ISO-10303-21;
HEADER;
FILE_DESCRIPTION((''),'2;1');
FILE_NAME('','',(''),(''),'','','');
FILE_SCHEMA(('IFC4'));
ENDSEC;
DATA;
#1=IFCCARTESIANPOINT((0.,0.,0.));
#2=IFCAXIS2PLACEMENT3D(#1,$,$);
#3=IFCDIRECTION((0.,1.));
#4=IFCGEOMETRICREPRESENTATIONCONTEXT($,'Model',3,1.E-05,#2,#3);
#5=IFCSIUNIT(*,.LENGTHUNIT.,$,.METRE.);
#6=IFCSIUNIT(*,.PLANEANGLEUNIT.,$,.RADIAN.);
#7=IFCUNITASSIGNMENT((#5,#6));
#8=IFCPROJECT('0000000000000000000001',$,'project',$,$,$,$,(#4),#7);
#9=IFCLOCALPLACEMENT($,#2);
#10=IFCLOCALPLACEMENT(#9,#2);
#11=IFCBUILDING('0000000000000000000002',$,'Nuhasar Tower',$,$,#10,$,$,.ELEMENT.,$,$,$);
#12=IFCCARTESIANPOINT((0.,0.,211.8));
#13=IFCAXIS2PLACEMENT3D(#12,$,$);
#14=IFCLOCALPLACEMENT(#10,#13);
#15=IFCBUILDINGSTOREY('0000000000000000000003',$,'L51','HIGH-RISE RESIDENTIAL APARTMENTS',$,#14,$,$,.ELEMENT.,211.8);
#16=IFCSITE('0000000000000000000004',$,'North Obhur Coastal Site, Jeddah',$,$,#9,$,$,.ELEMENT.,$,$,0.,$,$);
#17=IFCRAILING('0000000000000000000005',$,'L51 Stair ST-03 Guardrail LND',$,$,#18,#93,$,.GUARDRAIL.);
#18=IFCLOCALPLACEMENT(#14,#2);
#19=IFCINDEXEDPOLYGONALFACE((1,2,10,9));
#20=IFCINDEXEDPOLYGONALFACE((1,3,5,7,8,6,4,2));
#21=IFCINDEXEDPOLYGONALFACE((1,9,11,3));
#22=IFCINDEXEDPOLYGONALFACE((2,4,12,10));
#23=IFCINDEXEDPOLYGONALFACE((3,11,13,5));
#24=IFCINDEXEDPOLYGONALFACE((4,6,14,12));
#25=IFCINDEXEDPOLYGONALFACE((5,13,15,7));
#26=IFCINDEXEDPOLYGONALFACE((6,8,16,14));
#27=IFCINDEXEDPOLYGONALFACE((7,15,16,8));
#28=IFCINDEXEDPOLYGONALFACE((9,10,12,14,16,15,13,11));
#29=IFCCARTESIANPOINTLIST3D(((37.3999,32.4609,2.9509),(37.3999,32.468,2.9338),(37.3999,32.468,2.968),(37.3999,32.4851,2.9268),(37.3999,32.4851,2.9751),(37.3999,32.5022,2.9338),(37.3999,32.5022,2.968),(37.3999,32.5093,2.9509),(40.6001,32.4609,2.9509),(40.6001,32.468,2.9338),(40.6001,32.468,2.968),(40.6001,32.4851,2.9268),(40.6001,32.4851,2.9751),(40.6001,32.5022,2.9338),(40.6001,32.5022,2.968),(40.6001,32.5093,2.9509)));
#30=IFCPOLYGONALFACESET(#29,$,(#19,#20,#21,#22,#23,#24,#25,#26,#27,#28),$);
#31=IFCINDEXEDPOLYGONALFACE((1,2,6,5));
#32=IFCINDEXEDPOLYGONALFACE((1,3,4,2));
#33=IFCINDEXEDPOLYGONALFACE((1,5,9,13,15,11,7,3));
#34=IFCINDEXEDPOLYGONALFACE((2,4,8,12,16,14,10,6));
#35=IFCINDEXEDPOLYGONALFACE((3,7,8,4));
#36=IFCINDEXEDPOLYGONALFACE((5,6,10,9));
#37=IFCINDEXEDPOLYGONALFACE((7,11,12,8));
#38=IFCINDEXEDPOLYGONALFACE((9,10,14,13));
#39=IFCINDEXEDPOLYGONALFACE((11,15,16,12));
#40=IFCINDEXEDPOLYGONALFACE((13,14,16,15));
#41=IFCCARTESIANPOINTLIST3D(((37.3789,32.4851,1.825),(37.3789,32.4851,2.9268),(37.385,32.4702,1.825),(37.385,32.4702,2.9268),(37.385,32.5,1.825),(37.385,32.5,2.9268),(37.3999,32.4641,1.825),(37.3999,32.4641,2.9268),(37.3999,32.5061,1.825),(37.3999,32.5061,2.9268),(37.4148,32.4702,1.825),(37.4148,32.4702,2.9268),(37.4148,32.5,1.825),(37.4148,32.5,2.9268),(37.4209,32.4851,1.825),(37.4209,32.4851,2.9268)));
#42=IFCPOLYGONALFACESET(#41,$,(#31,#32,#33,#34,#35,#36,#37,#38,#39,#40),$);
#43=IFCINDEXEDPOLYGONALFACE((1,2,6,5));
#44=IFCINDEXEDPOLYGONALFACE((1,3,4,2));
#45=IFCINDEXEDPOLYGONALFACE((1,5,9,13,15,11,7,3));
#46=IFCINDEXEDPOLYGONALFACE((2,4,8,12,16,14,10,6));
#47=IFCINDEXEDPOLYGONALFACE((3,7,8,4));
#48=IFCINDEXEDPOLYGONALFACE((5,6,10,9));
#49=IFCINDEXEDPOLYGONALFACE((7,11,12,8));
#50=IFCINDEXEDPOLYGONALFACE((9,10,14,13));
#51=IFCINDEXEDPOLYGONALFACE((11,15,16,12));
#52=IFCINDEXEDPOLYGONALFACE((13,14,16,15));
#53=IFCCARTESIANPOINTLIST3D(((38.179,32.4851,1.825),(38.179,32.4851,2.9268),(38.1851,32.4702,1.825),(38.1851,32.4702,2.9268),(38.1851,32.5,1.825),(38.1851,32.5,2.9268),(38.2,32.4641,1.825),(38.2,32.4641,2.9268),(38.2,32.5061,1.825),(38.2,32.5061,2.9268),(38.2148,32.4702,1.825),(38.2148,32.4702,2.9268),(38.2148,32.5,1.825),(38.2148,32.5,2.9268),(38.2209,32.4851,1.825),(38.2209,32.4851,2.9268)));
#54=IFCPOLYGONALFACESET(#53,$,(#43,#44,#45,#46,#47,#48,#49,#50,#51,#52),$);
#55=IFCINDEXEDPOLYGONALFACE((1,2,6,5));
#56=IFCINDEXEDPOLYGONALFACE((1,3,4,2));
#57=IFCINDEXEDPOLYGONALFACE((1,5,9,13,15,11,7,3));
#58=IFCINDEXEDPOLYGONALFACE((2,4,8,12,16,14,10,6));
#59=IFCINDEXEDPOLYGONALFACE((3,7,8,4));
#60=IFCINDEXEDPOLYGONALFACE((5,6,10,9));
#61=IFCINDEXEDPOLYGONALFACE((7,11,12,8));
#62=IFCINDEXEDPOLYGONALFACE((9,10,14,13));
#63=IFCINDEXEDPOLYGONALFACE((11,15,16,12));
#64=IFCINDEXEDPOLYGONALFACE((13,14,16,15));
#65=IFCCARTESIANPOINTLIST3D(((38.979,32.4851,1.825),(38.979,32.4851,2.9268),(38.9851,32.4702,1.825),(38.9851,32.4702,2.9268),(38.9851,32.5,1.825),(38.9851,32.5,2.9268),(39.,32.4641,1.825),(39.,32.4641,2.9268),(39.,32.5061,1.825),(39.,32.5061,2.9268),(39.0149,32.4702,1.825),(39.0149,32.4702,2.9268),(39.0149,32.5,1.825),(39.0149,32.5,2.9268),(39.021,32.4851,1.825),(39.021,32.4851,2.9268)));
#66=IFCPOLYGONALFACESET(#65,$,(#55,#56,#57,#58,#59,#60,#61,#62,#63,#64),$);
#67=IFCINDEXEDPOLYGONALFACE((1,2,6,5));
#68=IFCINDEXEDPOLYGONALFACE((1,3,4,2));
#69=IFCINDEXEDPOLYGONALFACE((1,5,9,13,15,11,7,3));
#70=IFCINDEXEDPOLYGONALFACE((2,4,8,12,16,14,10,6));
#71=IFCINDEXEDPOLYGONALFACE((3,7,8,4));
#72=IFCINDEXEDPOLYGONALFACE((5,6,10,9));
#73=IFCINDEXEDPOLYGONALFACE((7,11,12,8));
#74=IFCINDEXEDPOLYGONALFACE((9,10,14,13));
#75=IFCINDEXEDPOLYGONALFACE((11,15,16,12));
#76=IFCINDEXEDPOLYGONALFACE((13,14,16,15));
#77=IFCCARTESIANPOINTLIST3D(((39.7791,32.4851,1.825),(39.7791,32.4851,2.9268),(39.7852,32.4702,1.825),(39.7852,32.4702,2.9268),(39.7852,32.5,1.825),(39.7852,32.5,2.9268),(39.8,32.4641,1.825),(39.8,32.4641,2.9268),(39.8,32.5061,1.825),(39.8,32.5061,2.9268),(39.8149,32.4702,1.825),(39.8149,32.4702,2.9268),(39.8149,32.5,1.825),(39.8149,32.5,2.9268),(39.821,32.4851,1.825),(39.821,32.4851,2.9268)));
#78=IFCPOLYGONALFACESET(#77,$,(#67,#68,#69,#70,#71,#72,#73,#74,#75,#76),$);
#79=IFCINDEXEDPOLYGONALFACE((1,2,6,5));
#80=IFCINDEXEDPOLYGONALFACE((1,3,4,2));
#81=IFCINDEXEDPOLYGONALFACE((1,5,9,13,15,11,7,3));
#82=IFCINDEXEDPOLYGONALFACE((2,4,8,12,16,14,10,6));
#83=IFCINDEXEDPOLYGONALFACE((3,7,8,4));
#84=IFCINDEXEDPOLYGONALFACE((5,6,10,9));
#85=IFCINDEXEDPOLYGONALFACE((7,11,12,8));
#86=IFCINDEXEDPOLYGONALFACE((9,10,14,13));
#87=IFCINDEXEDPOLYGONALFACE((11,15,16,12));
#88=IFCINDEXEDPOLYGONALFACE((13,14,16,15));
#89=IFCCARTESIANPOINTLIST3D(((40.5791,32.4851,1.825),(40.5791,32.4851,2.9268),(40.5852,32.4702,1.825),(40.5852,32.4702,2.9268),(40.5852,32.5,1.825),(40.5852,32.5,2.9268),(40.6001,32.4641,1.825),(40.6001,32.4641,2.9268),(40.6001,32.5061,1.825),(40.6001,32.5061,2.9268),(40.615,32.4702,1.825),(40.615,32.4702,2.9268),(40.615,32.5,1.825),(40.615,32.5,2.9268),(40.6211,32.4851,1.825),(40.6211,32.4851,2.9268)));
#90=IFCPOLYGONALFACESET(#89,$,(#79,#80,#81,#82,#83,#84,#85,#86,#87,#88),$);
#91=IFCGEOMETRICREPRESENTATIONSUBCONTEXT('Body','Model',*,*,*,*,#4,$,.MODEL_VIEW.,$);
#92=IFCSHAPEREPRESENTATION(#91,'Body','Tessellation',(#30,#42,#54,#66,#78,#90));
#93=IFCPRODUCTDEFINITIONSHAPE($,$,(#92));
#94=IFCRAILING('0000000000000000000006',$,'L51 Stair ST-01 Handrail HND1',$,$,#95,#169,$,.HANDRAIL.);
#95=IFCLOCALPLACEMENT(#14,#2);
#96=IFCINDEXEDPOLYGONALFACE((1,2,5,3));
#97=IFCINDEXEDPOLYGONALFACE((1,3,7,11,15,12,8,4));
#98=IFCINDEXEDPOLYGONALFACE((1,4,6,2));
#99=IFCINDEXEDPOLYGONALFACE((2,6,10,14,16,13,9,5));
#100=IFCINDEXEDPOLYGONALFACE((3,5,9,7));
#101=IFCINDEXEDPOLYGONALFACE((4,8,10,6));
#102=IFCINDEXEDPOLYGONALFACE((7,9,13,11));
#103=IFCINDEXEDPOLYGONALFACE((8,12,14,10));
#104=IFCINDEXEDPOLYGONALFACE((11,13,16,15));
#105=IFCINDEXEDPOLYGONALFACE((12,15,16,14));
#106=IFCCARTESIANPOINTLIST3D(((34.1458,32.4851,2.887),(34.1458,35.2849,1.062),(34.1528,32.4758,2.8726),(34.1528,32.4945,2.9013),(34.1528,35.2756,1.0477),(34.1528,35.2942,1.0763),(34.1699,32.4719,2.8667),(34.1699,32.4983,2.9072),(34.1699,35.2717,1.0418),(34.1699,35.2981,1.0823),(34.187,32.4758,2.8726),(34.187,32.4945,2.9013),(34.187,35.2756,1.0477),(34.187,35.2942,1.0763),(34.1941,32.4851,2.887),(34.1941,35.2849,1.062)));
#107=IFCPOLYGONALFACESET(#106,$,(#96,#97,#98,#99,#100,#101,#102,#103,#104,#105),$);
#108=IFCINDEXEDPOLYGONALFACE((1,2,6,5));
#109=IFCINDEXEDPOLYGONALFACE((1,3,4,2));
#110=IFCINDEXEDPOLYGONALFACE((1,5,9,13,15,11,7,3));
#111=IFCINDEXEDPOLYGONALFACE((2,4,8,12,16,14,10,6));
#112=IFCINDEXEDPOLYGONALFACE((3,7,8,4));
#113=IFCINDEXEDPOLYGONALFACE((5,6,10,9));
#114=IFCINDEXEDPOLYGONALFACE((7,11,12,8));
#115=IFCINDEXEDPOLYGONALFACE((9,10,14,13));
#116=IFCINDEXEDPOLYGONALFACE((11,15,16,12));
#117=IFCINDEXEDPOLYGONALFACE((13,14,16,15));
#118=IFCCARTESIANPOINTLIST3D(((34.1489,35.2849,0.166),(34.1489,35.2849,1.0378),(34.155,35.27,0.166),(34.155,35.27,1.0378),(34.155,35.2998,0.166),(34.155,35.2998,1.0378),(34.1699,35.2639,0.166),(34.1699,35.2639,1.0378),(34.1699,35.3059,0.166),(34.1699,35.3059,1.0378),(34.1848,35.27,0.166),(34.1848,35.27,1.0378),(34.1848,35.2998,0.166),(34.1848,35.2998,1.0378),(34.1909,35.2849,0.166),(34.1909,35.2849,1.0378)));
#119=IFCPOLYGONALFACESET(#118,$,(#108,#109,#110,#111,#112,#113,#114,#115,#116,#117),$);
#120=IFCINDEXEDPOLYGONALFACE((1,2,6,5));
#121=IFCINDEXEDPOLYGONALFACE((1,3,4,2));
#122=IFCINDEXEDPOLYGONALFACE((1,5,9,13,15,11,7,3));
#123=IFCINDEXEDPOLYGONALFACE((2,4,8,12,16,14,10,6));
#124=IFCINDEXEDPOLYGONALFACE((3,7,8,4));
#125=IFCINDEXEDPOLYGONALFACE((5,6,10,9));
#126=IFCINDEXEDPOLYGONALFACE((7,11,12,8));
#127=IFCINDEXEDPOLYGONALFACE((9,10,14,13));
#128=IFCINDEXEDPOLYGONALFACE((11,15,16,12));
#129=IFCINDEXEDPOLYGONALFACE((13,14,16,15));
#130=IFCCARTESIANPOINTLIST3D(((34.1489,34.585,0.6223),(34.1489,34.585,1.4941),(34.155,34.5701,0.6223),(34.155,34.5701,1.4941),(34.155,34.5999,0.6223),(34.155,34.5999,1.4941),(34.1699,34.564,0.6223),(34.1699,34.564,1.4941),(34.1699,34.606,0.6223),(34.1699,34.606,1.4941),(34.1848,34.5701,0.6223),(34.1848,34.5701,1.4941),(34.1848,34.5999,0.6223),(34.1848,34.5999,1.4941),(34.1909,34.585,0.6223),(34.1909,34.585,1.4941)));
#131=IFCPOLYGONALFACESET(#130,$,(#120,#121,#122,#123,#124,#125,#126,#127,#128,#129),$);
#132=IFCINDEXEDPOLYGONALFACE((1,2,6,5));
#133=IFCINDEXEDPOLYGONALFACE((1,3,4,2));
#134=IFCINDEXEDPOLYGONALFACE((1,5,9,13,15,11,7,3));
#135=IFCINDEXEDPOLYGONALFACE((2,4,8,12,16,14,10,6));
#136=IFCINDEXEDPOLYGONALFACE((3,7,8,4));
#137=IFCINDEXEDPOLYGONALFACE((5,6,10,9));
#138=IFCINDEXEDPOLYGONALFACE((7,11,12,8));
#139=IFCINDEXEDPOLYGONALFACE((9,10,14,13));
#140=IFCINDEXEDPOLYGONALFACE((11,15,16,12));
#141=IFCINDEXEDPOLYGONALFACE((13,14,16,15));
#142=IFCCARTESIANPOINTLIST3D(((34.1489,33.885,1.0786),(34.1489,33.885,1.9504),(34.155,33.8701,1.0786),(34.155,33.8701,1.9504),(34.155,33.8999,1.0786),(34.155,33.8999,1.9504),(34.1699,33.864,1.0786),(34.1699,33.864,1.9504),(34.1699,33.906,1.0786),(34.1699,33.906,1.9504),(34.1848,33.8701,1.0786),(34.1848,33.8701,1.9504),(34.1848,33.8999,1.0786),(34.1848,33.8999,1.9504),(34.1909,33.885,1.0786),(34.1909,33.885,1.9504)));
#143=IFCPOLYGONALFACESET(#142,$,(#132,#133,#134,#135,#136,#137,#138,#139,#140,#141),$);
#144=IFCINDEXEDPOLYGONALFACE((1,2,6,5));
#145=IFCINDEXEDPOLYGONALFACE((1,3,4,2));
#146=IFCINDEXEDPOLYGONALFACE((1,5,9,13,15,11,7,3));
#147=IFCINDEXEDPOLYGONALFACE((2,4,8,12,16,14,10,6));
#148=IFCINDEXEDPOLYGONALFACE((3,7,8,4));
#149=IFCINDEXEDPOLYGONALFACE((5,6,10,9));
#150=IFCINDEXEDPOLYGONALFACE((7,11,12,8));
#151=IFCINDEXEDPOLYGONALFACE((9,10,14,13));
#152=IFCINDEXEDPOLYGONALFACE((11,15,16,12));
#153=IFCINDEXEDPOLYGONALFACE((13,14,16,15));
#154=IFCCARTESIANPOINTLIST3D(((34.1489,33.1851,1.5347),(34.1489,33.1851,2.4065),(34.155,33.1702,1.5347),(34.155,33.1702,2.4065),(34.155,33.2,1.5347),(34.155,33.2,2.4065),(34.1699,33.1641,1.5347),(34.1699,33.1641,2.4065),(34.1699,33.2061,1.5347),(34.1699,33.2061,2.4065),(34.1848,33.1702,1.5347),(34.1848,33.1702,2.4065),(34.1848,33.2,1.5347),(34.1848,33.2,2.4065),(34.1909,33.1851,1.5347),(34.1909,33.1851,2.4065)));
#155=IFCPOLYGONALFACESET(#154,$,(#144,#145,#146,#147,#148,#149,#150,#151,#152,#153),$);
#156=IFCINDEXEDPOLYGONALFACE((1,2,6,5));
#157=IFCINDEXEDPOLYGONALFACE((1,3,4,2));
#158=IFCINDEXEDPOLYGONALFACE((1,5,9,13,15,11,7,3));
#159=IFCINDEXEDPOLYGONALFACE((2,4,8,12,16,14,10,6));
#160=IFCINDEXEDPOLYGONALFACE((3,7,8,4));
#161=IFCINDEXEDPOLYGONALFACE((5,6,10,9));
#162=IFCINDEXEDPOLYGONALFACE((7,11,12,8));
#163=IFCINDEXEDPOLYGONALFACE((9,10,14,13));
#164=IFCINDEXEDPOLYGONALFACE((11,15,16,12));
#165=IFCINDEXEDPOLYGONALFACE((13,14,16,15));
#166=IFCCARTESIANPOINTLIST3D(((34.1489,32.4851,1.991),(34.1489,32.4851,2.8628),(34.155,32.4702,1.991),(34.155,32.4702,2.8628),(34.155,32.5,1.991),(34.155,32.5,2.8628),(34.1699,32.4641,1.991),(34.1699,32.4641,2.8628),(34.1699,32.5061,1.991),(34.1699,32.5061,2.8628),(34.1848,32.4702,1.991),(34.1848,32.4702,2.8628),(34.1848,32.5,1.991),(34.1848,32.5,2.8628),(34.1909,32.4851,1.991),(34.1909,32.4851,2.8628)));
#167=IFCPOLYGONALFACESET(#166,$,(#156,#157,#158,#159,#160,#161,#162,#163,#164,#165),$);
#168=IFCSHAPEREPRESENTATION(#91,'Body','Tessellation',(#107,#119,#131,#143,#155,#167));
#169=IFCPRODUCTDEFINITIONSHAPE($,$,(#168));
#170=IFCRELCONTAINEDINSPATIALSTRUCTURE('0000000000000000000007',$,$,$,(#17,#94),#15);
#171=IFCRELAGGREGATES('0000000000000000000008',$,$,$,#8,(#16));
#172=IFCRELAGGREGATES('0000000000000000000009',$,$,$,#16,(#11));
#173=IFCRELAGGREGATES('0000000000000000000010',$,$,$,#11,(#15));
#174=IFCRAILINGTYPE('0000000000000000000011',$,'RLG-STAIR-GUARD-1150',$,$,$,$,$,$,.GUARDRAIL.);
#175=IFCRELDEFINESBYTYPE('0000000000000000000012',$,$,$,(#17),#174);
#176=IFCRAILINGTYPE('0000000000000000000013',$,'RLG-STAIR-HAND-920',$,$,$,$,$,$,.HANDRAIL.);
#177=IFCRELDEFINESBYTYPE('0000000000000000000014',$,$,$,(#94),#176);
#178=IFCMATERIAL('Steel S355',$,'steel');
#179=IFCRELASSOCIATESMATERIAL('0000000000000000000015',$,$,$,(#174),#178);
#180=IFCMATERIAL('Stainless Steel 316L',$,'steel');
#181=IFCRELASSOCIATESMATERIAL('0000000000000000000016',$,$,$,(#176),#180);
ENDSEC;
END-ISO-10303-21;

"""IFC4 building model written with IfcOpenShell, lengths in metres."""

from ifc_helpers import new_model, si_unit, direction, frame, origin, place, context, subcontext, project, spatial, polyline, outline, extrude, material, type_object, element, save


model = new_model("IFC4")

# Units and contexts
model_context = context("Model", 3, precision=1e-05, world=origin(), true_north=direction((0.0, 1.0)))
body_context = subcontext(model_context, "Body", "Model", "MODEL_VIEW")
ifc_project = project(units=[si_unit("LENGTHUNIT", "METRE"), si_unit("PLANEANGLEUNIT", "RADIAN")], contexts=[model_context])

# Site, building, storey
site_placement = place(None, origin())
site = spatial("IfcSite", under=ifc_project, at=site_placement, Name="North Obhur Coastal Site, Jeddah", CompositionType="ELEMENT", RefElevation=0.0)
building_placement = place(site_placement, origin())
building = spatial("IfcBuilding", under=site, at=building_placement, Name="Nuhasar Tower", CompositionType="ELEMENT")
storey_placement = place(building_placement, frame((0.0, 0.0, 211.8)))
storey = spatial("IfcBuildingStorey", under=building, at=storey_placement, Name="L51", Description="HIGH-RISE RESIDENTIAL APARTMENTS", CompositionType="ELEMENT", Elevation=211.8)

# Shared definitions
ifc_material_1 = material(Name="Steel S355", Category="steel")

# Railings
railing_type_1 = type_object("IfcRailingType", Name="RLG-STAIR-GUARD-1150", PredefinedType="GUARDRAIL", material=ifc_material_1)
railing_1_placement = place(storey_placement, frame((37.3999, 32.4851, 1.825)))
element("IfcRailing", 1, at=railing_1_placement, inside=storey, type_object=railing_type_1, Name="L51 Stair ST-03 Guardrail LND", PredefinedType="GUARDRAIL", context=body_context, shape_type="SweptSolid", body=[
    extrude(outline(polyline([(0.0242, 0.0), (0.0171, 0.0171), (0.0, 0.0242), (-0.0171, 0.0171), (-0.0242, 0.0), (-0.0171, -0.0171), (0.0, -0.0242), (0.0171, -0.0171), (0.0242, 0.0)])), frame((0.0, 0.0, 1.126), z_axis=(1.0, 0.0, 0.0), x_axis=(0.0, 1.0, 0.0)), (0.0, 0.0, 1.0), 3.2002),
    extrude(outline(polyline([(0.021, 0.0), (0.0149, 0.0149), (0.0, 0.021), (-0.0149, 0.0149), (-0.021, 0.0), (-0.0149, -0.0149), (0.0, -0.021), (0.0149, -0.0149), (0.021, 0.0)])), origin(), (0.0, 0.0, 1.0), 1.1018),
    extrude(outline(polyline([(0.021, 0.0), (0.0149, 0.0149), (0.0, 0.021), (-0.0149, 0.0149), (-0.021, 0.0), (-0.0149, -0.0149), (0.0, -0.021), (0.0149, -0.0149), (0.021, 0.0)])), frame((0.8, 0.0, 0.0)), (0.0, 0.0, 1.0), 1.1018),
    extrude(outline(polyline([(0.021, 0.0), (0.0149, 0.0149), (0.0, 0.021), (-0.0149, 0.0149), (-0.021, 0.0), (-0.0149, -0.0149), (0.0, -0.021), (0.0149, -0.0149), (0.021, 0.0)])), frame((1.6001, 0.0, 0.0)), (0.0, 0.0, 1.0), 1.1018),
    extrude(outline(polyline([(0.021, 0.0), (0.0149, 0.0149), (0.0, 0.021), (-0.0149, 0.0149), (-0.021, 0.0), (-0.0149, -0.0149), (0.0, -0.021), (0.0149, -0.0149), (0.021, 0.0)])), frame((2.4001, 0.0, 0.0)), (0.0, 0.0, 1.0), 1.1018),
    extrude(outline(polyline([(0.021, 0.0), (0.0149, 0.0149), (0.0, 0.021), (-0.0149, 0.0149), (-0.021, 0.0), (-0.0149, -0.0149), (0.0, -0.021), (0.0149, -0.0149), (0.021, 0.0)])), frame((3.2002, 0.0, 0.0)), (0.0, 0.0, 1.0), 1.1018),
])
ifc_material_2 = material(Name="Stainless Steel 316L", Category="steel")
railing_type_2 = type_object("IfcRailingType", Name="RLG-STAIR-HAND-920", PredefinedType="HANDRAIL", material=ifc_material_2)
railing_2_placement = place(storey_placement, frame((34.1699, 35.2849, 0.166)))
element("IfcRailing", 2, at=railing_2_placement, inside=storey, type_object=railing_type_2, Name="L51 Stair ST-01 Handrail HND1", PredefinedType="HANDRAIL", context=body_context, shape_type="SweptSolid", body=[
    extrude(outline(polyline([(0.0242, 0.0), (0.0171, 0.0171), (0.0, 0.0242), (-0.0171, 0.0171), (-0.0242, 0.0), (-0.0171, -0.0171), (0.0, -0.0242), (0.0171, -0.0171), (0.0242, 0.0)])), frame((0.0, 0.0, 0.896), z_axis=(0.0, -0.837749, 0.546056), x_axis=(1.0, 0.0, 0.0)), (0.0, 0.0, 1.0), 3.342),
    extrude(outline(polyline([(0.021, 0.0), (0.0149, 0.0149), (0.0, 0.021), (-0.0149, 0.0149), (-0.021, 0.0), (-0.0149, -0.0149), (0.0, -0.021), (0.0149, -0.0149), (0.021, 0.0)])), origin(), (0.0, 0.0, 1.0), 0.8718),
    extrude(outline(polyline([(0.021, 0.0), (0.0149, 0.0149), (0.0, 0.021), (-0.0149, 0.0149), (-0.021, 0.0), (-0.0149, -0.0149), (0.0, -0.021), (0.0149, -0.0149), (0.021, 0.0)])), frame((0.0, -0.7, 0.4563)), (0.0, 0.0, 1.0), 0.8718),
    extrude(outline(polyline([(0.021, 0.0), (0.0149, 0.0149), (0.0, 0.021), (-0.0149, 0.0149), (-0.021, 0.0), (-0.0149, -0.0149), (0.0, -0.021), (0.0149, -0.0149), (0.021, 0.0)])), frame((0.0, -1.3999, 0.9126)), (0.0, 0.0, 1.0), 0.8718),
    extrude(outline(polyline([(0.021, 0.0), (0.0149, 0.0149), (0.0, 0.021), (-0.0149, 0.0149), (-0.021, 0.0), (-0.0149, -0.0149), (0.0, -0.021), (0.0149, -0.0149), (0.021, 0.0)])), frame((0.0, -2.0999, 1.3687)), (0.0, 0.0, 1.0), 0.8718),
    extrude(outline(polyline([(0.021, 0.0), (0.0149, 0.0149), (0.0, 0.021), (-0.0149, 0.0149), (-0.021, 0.0), (-0.0149, -0.0149), (0.0, -0.021), (0.0149, -0.0149), (0.021, 0.0)])), frame((0.0, -2.7998, 1.825)), (0.0, 0.0, 1.0), 0.8718),
])

save(model, "model.ifc")
